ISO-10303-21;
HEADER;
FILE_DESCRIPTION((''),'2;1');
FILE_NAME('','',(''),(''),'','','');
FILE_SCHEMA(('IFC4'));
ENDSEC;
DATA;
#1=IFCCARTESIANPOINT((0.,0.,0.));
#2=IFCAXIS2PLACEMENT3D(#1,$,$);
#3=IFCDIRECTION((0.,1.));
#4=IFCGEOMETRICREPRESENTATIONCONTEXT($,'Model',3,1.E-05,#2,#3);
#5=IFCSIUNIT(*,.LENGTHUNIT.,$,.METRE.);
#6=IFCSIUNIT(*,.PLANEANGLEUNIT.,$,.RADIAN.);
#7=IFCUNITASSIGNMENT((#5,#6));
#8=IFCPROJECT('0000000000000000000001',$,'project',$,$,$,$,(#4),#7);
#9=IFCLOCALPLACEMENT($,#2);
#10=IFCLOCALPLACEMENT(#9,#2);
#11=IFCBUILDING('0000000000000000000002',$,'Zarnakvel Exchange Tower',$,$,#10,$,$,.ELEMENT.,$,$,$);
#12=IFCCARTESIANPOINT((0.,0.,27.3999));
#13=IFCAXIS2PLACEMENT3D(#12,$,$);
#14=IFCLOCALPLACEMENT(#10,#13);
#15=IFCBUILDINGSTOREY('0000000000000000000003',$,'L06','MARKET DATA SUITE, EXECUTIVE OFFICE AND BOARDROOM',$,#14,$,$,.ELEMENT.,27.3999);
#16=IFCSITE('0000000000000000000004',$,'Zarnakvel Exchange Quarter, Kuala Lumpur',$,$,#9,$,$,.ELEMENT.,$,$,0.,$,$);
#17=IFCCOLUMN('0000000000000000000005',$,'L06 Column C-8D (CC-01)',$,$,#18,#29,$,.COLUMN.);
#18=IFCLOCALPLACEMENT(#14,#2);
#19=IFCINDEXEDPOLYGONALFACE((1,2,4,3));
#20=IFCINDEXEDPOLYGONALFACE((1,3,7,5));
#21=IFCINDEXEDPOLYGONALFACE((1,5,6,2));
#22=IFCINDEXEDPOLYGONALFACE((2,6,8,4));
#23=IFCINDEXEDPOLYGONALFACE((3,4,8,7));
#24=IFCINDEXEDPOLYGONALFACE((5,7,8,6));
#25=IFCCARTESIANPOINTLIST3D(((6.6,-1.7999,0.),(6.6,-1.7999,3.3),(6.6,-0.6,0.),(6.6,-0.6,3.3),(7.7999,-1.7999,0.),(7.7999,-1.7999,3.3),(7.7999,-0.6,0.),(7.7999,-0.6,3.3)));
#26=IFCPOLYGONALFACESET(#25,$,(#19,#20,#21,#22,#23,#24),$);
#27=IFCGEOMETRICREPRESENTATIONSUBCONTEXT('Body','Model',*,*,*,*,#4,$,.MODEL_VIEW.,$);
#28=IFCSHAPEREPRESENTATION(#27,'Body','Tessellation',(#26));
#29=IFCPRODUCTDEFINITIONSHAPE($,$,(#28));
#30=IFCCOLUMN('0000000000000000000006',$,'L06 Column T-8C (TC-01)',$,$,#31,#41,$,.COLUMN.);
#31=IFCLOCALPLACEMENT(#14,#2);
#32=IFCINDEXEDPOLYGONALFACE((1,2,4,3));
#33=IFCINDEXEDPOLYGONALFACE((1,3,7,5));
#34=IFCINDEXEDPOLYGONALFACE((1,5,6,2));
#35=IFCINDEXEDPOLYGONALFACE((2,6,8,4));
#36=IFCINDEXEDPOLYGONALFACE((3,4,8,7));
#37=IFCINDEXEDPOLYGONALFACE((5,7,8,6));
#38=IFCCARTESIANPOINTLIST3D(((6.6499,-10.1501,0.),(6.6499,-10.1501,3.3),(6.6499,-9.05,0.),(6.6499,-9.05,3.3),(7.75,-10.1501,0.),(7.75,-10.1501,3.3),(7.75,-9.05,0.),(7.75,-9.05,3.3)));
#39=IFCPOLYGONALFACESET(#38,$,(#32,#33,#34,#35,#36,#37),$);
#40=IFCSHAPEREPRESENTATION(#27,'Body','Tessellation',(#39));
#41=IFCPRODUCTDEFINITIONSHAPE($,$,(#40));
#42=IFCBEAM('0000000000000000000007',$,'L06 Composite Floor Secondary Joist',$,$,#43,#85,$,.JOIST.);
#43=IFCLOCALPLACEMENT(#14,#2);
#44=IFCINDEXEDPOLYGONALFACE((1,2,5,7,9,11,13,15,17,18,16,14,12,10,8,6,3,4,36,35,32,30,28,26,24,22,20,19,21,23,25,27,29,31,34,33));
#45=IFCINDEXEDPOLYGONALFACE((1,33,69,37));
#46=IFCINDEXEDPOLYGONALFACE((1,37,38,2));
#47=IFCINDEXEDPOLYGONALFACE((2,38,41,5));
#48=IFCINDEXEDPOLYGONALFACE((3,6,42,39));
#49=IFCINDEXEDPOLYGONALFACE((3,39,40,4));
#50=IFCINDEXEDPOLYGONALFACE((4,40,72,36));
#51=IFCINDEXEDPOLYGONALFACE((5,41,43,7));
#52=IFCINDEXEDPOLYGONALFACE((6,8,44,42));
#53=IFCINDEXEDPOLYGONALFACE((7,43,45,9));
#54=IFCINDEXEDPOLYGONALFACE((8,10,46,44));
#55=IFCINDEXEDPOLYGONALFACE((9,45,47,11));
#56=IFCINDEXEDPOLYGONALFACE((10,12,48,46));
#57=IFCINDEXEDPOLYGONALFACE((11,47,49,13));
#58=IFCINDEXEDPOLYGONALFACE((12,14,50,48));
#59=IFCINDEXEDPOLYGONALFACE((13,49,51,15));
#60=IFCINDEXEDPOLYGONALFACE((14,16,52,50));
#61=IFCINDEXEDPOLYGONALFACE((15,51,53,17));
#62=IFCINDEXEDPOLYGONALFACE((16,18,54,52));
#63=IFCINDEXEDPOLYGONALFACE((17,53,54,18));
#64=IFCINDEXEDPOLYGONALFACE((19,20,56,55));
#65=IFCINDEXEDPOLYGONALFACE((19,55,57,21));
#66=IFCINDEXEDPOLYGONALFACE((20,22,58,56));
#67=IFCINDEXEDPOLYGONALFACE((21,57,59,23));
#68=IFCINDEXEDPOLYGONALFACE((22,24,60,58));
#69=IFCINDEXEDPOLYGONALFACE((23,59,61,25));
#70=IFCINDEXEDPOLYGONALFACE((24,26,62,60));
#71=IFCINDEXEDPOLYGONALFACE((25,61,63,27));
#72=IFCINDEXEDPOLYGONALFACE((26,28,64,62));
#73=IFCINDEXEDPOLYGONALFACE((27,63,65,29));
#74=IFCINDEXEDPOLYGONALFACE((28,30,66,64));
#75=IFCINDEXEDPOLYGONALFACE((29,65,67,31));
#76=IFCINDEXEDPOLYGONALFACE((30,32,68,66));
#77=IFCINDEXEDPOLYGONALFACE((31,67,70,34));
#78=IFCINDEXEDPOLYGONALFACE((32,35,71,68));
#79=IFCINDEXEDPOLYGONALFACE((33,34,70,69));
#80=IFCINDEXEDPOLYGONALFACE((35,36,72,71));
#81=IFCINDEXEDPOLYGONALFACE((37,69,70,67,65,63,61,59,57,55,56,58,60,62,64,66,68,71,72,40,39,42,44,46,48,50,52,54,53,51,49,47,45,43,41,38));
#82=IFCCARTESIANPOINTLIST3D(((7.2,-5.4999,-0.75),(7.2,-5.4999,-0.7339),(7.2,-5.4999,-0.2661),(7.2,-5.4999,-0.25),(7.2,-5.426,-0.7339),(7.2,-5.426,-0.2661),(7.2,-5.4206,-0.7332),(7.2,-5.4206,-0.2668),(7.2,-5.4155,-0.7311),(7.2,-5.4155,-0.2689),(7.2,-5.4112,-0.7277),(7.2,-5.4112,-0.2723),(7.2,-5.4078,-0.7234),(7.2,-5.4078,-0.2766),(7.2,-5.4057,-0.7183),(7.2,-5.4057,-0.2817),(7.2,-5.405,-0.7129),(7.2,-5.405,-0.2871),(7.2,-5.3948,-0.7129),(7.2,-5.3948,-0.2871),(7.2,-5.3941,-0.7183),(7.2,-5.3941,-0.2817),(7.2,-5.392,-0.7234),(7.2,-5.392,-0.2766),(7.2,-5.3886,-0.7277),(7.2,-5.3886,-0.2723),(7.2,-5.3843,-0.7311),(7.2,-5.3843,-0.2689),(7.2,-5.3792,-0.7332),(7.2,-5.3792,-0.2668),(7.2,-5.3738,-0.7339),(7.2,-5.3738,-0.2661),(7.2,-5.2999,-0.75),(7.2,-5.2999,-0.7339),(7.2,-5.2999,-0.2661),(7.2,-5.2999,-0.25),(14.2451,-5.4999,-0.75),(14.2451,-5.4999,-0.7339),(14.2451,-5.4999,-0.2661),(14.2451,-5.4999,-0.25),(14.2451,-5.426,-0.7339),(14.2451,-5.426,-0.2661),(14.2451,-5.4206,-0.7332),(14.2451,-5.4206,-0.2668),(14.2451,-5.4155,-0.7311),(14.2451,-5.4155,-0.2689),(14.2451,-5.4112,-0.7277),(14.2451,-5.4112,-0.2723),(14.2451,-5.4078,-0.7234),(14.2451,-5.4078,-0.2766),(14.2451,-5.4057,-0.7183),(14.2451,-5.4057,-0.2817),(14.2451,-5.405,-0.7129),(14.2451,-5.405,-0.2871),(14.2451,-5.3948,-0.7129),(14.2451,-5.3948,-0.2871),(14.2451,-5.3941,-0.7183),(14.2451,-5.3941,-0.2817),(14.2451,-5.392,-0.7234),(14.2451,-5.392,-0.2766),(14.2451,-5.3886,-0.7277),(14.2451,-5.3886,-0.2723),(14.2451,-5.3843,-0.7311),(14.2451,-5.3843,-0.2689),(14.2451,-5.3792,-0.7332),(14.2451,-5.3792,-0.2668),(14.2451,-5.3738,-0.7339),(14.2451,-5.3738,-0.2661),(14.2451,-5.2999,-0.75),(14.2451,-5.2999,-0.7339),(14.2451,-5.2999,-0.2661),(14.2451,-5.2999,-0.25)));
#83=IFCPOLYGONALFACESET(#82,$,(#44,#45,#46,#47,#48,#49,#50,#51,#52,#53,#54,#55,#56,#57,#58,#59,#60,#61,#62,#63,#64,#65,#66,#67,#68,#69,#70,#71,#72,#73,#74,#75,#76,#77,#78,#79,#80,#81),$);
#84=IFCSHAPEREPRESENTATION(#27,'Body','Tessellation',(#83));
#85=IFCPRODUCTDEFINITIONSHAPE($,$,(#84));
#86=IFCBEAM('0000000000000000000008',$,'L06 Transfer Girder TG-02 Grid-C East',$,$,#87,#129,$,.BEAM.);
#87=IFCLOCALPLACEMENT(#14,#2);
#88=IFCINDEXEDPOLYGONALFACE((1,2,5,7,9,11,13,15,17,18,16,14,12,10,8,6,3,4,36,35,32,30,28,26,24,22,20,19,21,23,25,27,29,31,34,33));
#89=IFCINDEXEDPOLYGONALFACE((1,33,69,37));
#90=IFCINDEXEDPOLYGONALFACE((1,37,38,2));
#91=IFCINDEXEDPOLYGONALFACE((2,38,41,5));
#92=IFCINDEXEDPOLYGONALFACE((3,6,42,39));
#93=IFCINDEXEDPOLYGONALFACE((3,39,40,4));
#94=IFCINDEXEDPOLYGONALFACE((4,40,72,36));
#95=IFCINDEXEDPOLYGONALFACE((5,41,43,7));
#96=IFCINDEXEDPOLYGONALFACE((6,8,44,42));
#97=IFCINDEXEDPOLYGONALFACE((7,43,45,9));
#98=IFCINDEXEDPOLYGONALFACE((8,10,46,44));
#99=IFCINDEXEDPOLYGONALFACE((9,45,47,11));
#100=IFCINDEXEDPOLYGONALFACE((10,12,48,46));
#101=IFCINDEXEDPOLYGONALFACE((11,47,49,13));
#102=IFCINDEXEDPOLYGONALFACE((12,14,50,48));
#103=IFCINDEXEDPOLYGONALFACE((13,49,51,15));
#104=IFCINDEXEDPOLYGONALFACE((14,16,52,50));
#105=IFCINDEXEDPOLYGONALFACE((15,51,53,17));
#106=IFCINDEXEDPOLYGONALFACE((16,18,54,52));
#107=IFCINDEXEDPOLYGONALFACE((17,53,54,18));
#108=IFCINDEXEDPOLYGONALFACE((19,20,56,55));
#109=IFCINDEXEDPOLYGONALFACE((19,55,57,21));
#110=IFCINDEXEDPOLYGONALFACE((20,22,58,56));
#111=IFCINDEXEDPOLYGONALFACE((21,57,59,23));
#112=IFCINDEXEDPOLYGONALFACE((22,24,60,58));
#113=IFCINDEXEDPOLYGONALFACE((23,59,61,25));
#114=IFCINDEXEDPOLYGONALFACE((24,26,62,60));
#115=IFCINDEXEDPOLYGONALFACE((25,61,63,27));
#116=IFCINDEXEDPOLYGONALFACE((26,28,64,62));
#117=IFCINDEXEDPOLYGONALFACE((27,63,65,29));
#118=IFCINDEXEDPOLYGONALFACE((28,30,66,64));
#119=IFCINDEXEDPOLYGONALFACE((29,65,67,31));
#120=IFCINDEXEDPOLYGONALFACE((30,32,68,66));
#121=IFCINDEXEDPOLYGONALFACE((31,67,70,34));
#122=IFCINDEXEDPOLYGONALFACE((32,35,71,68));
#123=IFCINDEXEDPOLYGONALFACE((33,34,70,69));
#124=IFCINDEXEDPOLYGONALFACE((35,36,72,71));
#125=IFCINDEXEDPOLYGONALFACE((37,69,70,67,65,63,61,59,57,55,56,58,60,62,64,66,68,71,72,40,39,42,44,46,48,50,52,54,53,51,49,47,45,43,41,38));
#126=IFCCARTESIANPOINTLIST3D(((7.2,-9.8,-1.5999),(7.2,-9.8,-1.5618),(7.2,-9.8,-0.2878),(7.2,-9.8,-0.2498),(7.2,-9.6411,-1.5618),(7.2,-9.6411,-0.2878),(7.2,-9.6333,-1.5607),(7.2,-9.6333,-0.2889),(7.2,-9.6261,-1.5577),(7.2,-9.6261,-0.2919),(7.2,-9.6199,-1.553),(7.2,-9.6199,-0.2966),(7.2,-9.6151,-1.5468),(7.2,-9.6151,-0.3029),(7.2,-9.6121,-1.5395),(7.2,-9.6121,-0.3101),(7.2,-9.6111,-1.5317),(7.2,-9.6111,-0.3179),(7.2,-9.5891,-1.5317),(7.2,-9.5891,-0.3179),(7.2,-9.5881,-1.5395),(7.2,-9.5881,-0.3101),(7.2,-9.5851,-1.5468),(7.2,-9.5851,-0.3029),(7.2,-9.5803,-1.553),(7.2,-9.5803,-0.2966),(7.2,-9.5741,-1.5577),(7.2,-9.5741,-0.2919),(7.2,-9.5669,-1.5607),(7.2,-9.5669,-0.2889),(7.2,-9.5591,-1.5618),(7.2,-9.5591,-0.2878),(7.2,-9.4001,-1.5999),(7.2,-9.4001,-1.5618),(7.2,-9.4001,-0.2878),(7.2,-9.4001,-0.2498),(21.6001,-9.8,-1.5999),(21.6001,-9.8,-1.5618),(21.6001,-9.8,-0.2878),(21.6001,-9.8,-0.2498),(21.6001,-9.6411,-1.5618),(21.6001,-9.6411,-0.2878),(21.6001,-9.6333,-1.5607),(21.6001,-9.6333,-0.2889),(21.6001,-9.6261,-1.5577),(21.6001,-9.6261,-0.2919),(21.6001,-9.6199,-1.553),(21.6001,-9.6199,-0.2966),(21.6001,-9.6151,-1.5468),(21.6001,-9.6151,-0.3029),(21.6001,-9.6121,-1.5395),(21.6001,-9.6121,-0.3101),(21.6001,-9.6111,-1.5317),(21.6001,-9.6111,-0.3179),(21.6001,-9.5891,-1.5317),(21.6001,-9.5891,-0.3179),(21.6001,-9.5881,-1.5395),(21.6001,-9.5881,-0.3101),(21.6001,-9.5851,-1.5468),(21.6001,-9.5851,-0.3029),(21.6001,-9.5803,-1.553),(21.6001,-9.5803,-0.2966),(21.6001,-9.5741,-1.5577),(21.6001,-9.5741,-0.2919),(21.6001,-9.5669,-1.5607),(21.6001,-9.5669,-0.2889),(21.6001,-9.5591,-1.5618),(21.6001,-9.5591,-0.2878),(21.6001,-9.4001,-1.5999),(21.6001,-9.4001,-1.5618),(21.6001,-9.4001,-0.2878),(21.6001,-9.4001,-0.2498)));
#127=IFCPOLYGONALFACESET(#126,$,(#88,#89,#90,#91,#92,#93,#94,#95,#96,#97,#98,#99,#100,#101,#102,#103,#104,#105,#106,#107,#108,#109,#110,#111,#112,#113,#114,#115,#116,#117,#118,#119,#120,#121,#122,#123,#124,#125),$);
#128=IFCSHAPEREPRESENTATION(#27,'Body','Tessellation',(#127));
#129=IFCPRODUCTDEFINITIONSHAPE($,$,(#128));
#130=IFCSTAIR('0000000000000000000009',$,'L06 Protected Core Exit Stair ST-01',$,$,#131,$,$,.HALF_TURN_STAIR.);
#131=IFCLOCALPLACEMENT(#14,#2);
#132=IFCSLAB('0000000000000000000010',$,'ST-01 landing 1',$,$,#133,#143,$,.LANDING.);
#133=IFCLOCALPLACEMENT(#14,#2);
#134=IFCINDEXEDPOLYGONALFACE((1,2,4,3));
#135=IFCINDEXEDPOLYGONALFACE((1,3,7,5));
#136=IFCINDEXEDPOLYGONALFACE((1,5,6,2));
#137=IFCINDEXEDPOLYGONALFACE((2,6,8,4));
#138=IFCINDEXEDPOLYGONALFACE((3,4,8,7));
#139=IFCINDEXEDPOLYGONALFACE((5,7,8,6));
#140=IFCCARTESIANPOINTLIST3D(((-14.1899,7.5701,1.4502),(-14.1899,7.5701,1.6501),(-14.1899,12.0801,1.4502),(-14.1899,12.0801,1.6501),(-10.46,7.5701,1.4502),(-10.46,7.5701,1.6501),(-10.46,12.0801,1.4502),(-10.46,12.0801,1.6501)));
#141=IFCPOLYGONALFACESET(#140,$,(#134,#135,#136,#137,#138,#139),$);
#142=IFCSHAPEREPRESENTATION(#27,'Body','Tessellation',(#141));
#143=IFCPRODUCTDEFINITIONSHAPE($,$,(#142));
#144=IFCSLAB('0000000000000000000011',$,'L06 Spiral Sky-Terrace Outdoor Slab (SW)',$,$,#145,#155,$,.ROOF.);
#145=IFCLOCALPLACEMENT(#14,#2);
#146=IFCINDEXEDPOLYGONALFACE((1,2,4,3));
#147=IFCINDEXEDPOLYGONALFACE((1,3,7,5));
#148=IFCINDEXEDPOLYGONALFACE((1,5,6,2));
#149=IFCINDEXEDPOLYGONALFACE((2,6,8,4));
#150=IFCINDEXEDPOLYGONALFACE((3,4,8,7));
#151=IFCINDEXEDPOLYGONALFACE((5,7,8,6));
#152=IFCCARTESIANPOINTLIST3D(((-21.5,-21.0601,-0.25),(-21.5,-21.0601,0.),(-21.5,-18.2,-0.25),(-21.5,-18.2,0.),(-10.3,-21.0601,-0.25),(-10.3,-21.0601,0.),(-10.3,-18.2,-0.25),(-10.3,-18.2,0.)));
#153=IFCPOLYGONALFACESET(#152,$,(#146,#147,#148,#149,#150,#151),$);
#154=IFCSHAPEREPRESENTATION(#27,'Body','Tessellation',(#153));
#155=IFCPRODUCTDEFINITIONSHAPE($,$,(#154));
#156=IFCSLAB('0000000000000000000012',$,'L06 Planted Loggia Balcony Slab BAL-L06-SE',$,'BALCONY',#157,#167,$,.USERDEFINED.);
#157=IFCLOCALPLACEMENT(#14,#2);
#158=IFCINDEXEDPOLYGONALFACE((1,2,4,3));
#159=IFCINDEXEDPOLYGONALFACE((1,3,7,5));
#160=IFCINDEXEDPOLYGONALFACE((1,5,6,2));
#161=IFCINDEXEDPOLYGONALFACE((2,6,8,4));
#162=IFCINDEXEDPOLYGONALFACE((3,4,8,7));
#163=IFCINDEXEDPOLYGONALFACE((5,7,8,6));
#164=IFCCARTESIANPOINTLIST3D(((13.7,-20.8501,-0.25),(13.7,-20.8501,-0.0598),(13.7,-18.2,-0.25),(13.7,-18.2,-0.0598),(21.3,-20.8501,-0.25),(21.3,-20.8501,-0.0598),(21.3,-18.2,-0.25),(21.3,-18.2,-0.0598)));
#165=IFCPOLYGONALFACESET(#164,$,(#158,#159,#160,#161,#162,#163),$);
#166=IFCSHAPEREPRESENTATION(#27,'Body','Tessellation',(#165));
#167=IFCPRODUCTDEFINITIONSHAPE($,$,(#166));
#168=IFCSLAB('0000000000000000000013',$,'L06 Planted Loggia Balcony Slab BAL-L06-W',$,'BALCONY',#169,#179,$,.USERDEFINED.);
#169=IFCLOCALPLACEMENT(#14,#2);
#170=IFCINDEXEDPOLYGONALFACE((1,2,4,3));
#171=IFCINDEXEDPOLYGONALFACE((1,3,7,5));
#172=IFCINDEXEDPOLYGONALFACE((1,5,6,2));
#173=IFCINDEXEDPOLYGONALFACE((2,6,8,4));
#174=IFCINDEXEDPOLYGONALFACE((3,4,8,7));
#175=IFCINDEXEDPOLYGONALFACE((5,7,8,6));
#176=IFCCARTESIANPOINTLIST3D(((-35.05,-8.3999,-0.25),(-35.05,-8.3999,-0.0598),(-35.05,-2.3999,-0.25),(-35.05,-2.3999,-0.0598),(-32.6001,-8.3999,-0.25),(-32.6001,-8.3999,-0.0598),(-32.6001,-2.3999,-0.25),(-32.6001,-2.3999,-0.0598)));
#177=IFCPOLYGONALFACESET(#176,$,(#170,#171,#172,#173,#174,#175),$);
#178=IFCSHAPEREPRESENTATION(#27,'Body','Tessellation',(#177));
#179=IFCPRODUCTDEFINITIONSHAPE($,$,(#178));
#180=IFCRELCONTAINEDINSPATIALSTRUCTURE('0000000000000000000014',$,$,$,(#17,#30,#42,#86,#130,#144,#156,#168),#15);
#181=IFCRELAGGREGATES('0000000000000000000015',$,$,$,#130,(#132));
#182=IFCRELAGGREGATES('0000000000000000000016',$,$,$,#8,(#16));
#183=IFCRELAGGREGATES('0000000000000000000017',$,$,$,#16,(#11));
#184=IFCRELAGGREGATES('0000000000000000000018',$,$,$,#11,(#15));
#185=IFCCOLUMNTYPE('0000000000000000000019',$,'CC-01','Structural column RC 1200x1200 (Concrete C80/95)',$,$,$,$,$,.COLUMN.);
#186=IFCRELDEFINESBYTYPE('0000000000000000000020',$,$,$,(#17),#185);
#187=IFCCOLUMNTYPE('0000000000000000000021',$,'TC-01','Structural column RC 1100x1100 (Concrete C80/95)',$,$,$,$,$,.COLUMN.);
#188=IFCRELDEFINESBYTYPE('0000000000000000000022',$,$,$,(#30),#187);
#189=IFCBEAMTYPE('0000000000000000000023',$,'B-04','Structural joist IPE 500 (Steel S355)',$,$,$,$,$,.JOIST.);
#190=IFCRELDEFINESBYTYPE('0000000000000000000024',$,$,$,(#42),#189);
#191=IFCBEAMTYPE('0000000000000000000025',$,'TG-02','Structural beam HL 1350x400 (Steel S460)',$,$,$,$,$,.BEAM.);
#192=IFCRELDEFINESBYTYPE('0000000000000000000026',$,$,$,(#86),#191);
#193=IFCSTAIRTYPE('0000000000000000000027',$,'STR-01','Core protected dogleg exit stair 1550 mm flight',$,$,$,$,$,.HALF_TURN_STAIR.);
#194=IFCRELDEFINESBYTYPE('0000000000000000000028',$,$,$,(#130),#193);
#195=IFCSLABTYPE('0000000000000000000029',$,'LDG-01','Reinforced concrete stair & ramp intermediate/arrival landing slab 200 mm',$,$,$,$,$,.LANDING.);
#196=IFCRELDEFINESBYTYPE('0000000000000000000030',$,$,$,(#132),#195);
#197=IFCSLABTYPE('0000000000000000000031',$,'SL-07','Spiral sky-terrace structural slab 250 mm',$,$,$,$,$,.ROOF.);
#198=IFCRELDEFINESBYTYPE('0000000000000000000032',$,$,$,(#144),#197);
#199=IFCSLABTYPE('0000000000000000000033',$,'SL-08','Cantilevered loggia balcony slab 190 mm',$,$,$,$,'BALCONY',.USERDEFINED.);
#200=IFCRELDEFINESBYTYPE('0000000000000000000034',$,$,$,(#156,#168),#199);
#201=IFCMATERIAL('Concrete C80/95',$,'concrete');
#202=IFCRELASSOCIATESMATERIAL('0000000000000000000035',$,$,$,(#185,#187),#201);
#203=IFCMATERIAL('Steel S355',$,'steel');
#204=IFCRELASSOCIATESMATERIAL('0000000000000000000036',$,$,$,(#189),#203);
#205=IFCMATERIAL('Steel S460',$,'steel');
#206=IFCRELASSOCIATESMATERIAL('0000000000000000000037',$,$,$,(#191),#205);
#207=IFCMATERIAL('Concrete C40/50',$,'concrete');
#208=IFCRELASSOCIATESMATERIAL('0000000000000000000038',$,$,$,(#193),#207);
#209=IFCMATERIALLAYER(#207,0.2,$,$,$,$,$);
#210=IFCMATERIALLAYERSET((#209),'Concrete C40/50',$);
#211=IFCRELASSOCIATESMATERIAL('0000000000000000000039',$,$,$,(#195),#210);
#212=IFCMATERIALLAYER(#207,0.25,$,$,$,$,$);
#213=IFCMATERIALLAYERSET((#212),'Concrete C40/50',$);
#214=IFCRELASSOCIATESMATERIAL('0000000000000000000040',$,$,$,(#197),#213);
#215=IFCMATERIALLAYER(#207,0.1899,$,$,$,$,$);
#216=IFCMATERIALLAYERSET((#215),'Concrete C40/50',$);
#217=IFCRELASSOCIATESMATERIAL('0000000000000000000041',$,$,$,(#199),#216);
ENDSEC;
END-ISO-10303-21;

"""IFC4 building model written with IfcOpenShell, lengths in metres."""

from ifc_helpers import new_model, si_unit, direction, frame, origin, origin_2d, place, context, subcontext, project, spatial, polyline, rectangle, i_section, outline, extrude, material, layer, layer_set, material_profile, profile_set, type_object, element, aggregate, save


model = new_model("IFC4")

# Units and contexts
model_context = context("Model", 3, precision=1e-05, world=origin(), true_north=direction((0.0, 1.0)))
body_context = subcontext(model_context, "Body", "Model", "MODEL_VIEW")
ifc_project = project(units=[si_unit("LENGTHUNIT", "METRE"), si_unit("PLANEANGLEUNIT", "RADIAN")], contexts=[model_context])

# Site, building, storey
site_placement = place(None, origin())
site = spatial("IfcSite", under=ifc_project, at=site_placement, Name="Zarnakvel Exchange Quarter, Kuala Lumpur", CompositionType="ELEMENT", RefElevation=0.0)
building_placement = place(site_placement, origin())
building = spatial("IfcBuilding", under=site, at=building_placement, Name="Zarnakvel Exchange Tower", CompositionType="ELEMENT")
storey_placement = place(building_placement, frame((0.0, 0.0, 27.3999)))
storey = spatial("IfcBuildingStorey", under=building, at=storey_placement, Name="L06", Description="MARKET DATA SUITE, EXECUTIVE OFFICE AND BOARDROOM", CompositionType="ELEMENT", Elevation=27.3999)

# Columns
ifc_material_1 = material(Name="Concrete C80/95", Category="concrete")
ifc_material_profile_1 = material_profile(ifc_material_1, rectangle(XDim=1.2, YDim=1.2, at=origin_2d()))
ifc_profile_set_1 = profile_set([ifc_material_profile_1], Name="Concrete C80/95")
column_type_1 = type_object("IfcColumnType", Name="CC-01", Description="Structural column RC 1200x1200 (Concrete C80/95)", PredefinedType="COLUMN", material=ifc_profile_set_1)
column_1_placement = place(storey_placement, frame((7.2, -1.2, 0.0), z_axis=(0.0, 0.0, 1.0), x_axis=(1.0, 0.0, 0.0)))
element("IfcColumn", 1, at=column_1_placement, inside=storey, type_object=column_type_1, Name="L06 Column C-8D (CC-01)", PredefinedType="COLUMN", context=body_context, shape_type="SweptSolid", body=[
    extrude(rectangle(XDim=1.2, YDim=1.2, at=origin_2d()), origin(), (0.0, 0.0, 1.0), 3.3),
])
ifc_material_profile_2 = material_profile(ifc_material_1, rectangle(XDim=1.1001, YDim=1.1001, at=origin_2d()))
ifc_profile_set_2 = profile_set([ifc_material_profile_2], Name="Concrete C80/95")
column_type_2 = type_object("IfcColumnType", Name="TC-01", Description="Structural column RC 1100x1100 (Concrete C80/95)", PredefinedType="COLUMN", material=ifc_profile_set_2)
column_2_placement = place(storey_placement, frame((7.2, -9.6001, 0.0), z_axis=(0.0, 0.0, 1.0), x_axis=(1.0, 0.0, 0.0)))
element("IfcColumn", 2, at=column_2_placement, inside=storey, type_object=column_type_2, Name="L06 Column T-8C (TC-01)", PredefinedType="COLUMN", context=body_context, shape_type="SweptSolid", body=[
    extrude(rectangle(XDim=1.1001, YDim=1.1001, at=origin_2d()), origin(), (0.0, 0.0, 1.0), 3.3),
])

# Beams
ifc_material_2 = material(Name="Steel S355", Category="steel")
ifc_material_profile_3 = material_profile(ifc_material_2, i_section(OverallWidth=0.2, OverallDepth=0.5, WebThickness=0.0103, FlangeThickness=0.0161, FilletRadius=0.021, at=origin_2d()))
ifc_profile_set_3 = profile_set([ifc_material_profile_3], Name="Steel S355")
beam_type_1 = type_object("IfcBeamType", Name="B-04", Description="Structural joist IPE 500 (Steel S355)", PredefinedType="JOIST", material=ifc_profile_set_3)
beam_1_placement = place(storey_placement, frame((7.2, -5.3999, -0.5), z_axis=(1.0, 0.0, 0.0), x_axis=(0.0, 1.0, 0.0)))
element("IfcBeam", 3, at=beam_1_placement, inside=storey, type_object=beam_type_1, Name="L06 Composite Floor Secondary Joist", PredefinedType="JOIST", context=body_context, shape_type="SweptSolid", body=[
    extrude(i_section(OverallWidth=0.2, OverallDepth=0.5, WebThickness=0.0103, FlangeThickness=0.0161, FilletRadius=0.021, at=origin_2d()), origin(), (0.0, 0.0, 1.0), 7.0452),
])
ifc_material_3 = material(Name="Steel S460", Category="steel")
ifc_material_profile_4 = material_profile(ifc_material_3, i_section(OverallWidth=0.3999, OverallDepth=1.3501, WebThickness=0.022, FlangeThickness=0.0381, FilletRadius=0.03, at=origin_2d()))
ifc_profile_set_4 = profile_set([ifc_material_profile_4], Name="Steel S460")
beam_type_2 = type_object("IfcBeamType", Name="TG-02", Description="Structural beam HL 1350x400 (Steel S460)", PredefinedType="BEAM", material=ifc_profile_set_4)
beam_2_placement = place(storey_placement, frame((7.2, -9.6001, -0.9248), z_axis=(1.0, 0.0, 0.0), x_axis=(0.0, 1.0, 0.0)))
element("IfcBeam", 4, at=beam_2_placement, inside=storey, type_object=beam_type_2, Name="L06 Transfer Girder TG-02 Grid-C East", PredefinedType="BEAM", context=body_context, shape_type="SweptSolid", body=[
    extrude(i_section(OverallWidth=0.3999, OverallDepth=1.3501, WebThickness=0.022, FlangeThickness=0.0381, FilletRadius=0.03, at=origin_2d()), origin(), (0.0, 0.0, 1.0), 14.4001),
])

# Stair, slab
ifc_material_4 = material(Name="Concrete C40/50", Category="concrete")
stair_type = type_object("IfcStairType", Name="STR-01", Description="Core protected dogleg exit stair 1550 mm flight", PredefinedType="HALF_TURN_STAIR", material=ifc_material_4)
stair_placement = place(storey_placement, origin())
stair = element("IfcStair", 5, at=stair_placement, inside=storey, type_object=stair_type, Name="L06 Protected Core Exit Stair ST-01", PredefinedType="HALF_TURN_STAIR")
ifc_layer_1 = layer(ifc_material_4, 0.2)
ifc_layer_set_1 = layer_set([ifc_layer_1], Name="Concrete C40/50")
slab_type_1 = type_object("IfcSlabType", Name="LDG-01", Description="Reinforced concrete stair & ramp intermediate/arrival landing slab 200 mm", PredefinedType="LANDING", material=ifc_layer_set_1)
slab_1_placement = place(storey_placement, frame((0.0, 0.0, 1.4502)))
slab_1 = element("IfcSlab", 6, at=slab_1_placement, type_object=slab_type_1, Name="ST-01 landing 1", PredefinedType="LANDING", context=body_context, shape_type="SweptSolid", body=[
    extrude(outline(polyline([(-14.1899, 7.5701), (-10.46, 7.5701), (-10.46, 12.0801), (-14.1899, 12.0801), (-14.1899, 7.5701)])), origin(), (0.0, 0.0, 1.0), 0.2),
])
aggregate(stair, [slab_1])

# Slabs
ifc_layer_2 = layer(ifc_material_4, 0.25)
ifc_layer_set_2 = layer_set([ifc_layer_2], Name="Concrete C40/50")
slab_type_2 = type_object("IfcSlabType", Name="SL-07", Description="Spiral sky-terrace structural slab 250 mm", PredefinedType="ROOF", material=ifc_layer_set_2)
slab_2_placement = place(storey_placement, frame((0.0, 0.0, -0.25)))
element("IfcSlab", 7, at=slab_2_placement, inside=storey, type_object=slab_type_2, Name="L06 Spiral Sky-Terrace Outdoor Slab (SW)", PredefinedType="ROOF", context=body_context, shape_type="SweptSolid", body=[
    extrude(outline(polyline([(-21.5, -21.0601), (-10.3, -21.0601), (-10.3, -18.2), (-21.5, -18.2), (-21.5, -21.0601)])), origin(), (0.0, 0.0, 1.0), 0.25),
])
ifc_layer_3 = layer(ifc_material_4, 0.1899)
ifc_layer_set_3 = layer_set([ifc_layer_3], Name="Concrete C40/50")
slab_type_3 = type_object("IfcSlabType", Name="SL-08", Description="Cantilevered loggia balcony slab 190 mm", ElementType="BALCONY", PredefinedType="USERDEFINED", material=ifc_layer_set_3)
slab_3_placement = place(storey_placement, frame((0.0, 0.0, -0.25)))
element("IfcSlab", 8, at=slab_3_placement, inside=storey, type_object=slab_type_3, Name="L06 Planted Loggia Balcony Slab BAL-L06-SE", ObjectType="BALCONY", PredefinedType="USERDEFINED", context=body_context, shape_type="SweptSolid", body=[
    extrude(outline(polyline([(13.7, -20.8501), (21.3, -20.8501), (21.3, -18.2), (13.7, -18.2), (13.7, -20.8501)])), origin(), (0.0, 0.0, 1.0), 0.1902),
])
slab_4_placement = place(storey_placement, frame((0.0, 0.0, -0.25)))
element("IfcSlab", 9, at=slab_4_placement, inside=storey, type_object=slab_type_3, Name="L06 Planted Loggia Balcony Slab BAL-L06-W", ObjectType="BALCONY", PredefinedType="USERDEFINED", context=body_context, shape_type="SweptSolid", body=[
    extrude(outline(polyline([(-35.05, -8.3999), (-32.6001, -8.3999), (-32.6001, -2.3999), (-35.05, -2.3999), (-35.05, -8.3999)])), origin(), (0.0, 0.0, 1.0), 0.1902),
])

save(model, "model.ifc")
